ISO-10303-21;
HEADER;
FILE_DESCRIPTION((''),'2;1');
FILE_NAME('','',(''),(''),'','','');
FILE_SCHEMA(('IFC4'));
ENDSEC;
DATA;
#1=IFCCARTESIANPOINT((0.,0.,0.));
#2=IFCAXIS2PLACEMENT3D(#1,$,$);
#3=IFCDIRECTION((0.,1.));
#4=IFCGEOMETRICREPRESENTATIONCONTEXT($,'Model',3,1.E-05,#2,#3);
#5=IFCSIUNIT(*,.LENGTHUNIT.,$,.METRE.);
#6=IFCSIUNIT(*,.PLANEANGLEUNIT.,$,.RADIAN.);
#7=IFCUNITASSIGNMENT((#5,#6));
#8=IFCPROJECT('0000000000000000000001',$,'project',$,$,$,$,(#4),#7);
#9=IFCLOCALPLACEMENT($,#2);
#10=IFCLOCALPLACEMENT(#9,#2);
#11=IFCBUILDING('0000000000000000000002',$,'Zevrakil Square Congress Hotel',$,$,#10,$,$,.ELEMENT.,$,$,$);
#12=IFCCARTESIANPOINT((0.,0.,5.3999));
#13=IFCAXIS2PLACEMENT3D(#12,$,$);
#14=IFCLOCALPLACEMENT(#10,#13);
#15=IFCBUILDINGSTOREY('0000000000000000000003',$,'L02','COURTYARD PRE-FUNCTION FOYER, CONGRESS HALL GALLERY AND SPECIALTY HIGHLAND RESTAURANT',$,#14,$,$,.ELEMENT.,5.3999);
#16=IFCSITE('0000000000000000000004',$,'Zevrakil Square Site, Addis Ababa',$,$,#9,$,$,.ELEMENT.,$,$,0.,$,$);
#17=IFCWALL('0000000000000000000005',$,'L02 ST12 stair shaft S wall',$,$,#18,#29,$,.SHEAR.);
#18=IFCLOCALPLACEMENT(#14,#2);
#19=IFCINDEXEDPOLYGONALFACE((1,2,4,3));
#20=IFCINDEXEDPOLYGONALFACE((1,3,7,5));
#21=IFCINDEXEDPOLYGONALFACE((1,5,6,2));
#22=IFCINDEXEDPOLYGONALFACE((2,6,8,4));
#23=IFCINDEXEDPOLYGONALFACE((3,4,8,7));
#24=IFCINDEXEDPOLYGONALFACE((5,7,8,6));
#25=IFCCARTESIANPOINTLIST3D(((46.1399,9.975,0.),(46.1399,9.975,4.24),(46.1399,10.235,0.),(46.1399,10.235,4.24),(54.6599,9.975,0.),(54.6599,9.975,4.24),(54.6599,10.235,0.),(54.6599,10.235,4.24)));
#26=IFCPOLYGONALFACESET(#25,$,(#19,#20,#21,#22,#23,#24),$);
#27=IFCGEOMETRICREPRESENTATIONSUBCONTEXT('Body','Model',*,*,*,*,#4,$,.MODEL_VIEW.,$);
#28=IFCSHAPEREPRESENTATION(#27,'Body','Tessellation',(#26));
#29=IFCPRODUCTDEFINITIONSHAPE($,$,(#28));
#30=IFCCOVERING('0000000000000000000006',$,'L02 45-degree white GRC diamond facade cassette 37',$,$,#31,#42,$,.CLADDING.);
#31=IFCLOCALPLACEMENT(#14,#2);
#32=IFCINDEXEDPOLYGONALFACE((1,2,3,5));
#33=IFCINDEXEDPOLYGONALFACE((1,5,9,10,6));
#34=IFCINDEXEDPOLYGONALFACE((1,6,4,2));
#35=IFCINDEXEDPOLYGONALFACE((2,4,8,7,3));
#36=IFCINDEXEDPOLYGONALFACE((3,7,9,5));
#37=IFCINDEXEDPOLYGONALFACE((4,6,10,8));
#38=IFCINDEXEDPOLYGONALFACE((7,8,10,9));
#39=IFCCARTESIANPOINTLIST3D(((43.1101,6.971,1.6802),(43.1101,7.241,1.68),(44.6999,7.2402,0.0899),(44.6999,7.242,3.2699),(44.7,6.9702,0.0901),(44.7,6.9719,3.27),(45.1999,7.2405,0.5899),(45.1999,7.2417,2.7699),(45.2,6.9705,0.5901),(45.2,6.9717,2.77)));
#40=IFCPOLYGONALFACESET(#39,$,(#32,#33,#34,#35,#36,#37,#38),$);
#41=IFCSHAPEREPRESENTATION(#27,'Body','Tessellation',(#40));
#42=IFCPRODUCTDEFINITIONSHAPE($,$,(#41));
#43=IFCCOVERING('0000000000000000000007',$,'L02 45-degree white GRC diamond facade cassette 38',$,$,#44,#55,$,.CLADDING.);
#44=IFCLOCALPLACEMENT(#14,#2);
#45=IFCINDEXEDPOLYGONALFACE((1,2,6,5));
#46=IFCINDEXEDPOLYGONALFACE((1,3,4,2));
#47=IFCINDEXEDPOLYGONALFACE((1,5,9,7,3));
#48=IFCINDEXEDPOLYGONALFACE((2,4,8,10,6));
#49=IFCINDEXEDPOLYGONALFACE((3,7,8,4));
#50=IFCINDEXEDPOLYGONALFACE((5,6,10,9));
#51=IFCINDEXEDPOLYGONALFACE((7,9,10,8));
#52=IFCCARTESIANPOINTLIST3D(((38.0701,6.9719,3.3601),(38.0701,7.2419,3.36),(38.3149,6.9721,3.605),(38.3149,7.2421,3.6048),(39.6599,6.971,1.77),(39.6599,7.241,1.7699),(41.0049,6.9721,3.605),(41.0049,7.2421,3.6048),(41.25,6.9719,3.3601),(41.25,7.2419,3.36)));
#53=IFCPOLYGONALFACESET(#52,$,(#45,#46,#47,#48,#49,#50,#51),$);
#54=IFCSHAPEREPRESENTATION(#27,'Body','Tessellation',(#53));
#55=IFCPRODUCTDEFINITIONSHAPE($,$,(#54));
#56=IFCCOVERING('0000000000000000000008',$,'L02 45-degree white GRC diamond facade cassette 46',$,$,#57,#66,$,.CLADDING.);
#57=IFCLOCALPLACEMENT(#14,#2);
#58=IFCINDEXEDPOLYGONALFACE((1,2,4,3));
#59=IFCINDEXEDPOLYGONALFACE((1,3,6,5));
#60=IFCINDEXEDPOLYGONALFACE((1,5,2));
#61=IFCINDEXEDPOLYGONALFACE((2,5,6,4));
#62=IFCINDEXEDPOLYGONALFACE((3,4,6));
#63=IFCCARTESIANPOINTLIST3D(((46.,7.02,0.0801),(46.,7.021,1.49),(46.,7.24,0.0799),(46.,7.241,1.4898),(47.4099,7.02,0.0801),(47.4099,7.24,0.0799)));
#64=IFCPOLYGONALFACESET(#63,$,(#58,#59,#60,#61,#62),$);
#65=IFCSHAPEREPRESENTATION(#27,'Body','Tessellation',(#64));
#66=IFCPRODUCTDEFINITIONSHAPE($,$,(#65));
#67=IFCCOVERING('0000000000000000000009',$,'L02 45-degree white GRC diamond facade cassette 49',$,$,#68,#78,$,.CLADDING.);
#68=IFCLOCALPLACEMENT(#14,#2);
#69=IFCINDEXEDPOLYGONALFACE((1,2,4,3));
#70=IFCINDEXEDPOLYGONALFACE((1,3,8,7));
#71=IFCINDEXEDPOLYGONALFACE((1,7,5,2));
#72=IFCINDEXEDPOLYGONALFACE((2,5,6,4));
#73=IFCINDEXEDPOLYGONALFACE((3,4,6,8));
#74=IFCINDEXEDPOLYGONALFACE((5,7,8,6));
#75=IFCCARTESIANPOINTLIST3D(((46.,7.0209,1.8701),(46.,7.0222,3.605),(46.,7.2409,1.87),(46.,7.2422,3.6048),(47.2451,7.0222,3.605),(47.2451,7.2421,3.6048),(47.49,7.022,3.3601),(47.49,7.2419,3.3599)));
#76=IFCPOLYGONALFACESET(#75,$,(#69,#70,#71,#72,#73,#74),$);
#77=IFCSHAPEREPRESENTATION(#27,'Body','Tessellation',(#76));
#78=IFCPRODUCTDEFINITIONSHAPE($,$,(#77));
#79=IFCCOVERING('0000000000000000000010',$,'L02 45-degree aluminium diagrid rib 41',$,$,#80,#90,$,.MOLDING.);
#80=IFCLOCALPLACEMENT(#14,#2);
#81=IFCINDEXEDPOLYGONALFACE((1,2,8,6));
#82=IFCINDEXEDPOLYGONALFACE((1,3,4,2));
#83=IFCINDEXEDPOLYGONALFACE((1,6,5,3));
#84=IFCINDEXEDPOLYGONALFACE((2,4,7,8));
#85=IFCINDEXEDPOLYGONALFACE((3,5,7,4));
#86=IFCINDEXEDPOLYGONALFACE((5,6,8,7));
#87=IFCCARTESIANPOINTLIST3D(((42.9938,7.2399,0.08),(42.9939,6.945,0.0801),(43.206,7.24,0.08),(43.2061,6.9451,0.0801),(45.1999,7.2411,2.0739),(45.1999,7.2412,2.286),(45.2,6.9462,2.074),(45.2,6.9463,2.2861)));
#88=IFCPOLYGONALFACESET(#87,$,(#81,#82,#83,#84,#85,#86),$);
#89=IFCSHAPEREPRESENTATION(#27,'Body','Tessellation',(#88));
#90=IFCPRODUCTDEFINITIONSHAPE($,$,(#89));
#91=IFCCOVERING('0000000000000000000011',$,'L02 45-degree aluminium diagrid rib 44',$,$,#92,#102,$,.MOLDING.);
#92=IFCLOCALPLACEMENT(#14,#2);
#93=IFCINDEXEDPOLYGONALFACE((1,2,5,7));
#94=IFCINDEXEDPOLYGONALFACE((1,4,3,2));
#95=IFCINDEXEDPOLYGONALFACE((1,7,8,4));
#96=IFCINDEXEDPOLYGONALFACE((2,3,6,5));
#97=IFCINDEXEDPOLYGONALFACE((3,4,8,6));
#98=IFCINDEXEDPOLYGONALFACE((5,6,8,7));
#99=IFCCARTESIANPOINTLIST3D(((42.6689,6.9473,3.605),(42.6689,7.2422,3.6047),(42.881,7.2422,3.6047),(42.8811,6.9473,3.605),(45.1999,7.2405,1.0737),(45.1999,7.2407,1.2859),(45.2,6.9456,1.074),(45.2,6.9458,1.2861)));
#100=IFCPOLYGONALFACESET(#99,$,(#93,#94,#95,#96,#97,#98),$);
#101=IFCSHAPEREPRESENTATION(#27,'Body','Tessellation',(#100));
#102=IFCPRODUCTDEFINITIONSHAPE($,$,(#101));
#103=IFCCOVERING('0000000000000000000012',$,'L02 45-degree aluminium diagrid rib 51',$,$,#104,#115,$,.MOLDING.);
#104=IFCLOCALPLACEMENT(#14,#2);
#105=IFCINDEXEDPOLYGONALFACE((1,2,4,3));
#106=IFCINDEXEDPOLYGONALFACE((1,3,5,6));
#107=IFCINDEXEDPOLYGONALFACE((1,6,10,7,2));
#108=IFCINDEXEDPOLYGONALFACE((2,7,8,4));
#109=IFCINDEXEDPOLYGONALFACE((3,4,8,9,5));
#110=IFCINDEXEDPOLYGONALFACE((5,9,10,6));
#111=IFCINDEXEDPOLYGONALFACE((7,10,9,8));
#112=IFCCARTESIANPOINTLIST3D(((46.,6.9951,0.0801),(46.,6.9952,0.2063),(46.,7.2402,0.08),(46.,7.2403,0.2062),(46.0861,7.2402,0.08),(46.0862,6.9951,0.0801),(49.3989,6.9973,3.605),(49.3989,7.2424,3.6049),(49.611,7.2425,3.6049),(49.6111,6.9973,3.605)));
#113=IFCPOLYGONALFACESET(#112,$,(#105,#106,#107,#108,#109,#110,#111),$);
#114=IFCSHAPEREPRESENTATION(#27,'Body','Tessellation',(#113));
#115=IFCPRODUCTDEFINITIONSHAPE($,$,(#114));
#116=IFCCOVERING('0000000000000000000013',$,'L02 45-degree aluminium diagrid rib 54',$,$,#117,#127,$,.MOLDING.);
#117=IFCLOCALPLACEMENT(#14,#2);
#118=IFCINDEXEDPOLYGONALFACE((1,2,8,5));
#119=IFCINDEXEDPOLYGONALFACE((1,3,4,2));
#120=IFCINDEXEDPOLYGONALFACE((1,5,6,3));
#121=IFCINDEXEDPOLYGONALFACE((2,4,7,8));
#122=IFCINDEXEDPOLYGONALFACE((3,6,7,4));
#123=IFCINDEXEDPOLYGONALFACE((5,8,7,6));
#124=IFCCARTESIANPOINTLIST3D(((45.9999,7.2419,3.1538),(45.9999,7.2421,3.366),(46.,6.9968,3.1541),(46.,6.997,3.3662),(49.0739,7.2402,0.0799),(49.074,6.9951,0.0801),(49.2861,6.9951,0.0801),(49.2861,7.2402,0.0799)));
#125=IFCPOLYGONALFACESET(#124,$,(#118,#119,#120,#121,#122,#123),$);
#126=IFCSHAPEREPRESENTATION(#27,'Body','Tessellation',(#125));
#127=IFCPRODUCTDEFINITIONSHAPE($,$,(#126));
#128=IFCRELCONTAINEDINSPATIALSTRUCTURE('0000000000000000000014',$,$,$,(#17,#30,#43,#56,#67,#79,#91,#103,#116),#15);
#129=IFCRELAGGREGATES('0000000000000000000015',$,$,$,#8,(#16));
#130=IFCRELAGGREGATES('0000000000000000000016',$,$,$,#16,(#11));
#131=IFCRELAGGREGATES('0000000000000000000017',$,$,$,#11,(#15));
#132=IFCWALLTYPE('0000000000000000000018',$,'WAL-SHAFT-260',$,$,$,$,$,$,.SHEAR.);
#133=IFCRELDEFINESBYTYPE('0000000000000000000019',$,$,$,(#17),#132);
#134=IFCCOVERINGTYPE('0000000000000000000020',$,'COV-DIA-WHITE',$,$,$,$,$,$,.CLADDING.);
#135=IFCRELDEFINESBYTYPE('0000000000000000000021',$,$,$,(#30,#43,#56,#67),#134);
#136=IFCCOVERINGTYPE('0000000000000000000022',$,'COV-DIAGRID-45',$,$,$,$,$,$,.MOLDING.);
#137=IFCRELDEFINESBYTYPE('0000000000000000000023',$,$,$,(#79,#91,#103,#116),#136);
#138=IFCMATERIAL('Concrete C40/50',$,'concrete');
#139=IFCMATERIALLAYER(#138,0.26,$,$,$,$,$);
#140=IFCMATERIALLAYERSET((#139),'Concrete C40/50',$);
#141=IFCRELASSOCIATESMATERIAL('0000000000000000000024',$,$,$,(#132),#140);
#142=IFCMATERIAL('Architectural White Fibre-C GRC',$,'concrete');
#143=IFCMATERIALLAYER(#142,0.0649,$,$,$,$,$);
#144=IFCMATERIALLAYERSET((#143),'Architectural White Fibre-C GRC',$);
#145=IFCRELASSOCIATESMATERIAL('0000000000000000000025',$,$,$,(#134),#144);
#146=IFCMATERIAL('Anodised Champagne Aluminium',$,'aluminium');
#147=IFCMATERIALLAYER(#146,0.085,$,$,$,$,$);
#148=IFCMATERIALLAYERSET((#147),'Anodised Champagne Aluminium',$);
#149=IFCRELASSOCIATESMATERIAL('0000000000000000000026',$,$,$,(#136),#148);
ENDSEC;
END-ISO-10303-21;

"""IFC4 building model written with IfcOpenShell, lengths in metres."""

from ifc_helpers import new_model, si_unit, direction, frame, frame_2d, origin, place, context, subcontext, project, spatial, polyline, rectangle, outline, extrude, material, layer, layer_set, type_object, element, save


model = new_model("IFC4")

# Units and contexts
model_context = context("Model", 3, precision=1e-05, world=origin(), true_north=direction((0.0, 1.0)))
body_context = subcontext(model_context, "Body", "Model", "MODEL_VIEW")
ifc_project = project(units=[si_unit("LENGTHUNIT", "METRE"), si_unit("PLANEANGLEUNIT", "RADIAN")], contexts=[model_context])

# Site, building, storey
site_placement = place(None, origin())
site = spatial("IfcSite", under=ifc_project, at=site_placement, Name="Zevrakil Square Site, Addis Ababa", CompositionType="ELEMENT", RefElevation=0.0)
building_placement = place(site_placement, origin())
building = spatial("IfcBuilding", under=site, at=building_placement, Name="Zevrakil Square Congress Hotel", CompositionType="ELEMENT")
storey_placement = place(building_placement, frame((0.0, 0.0, 5.3999)))
storey = spatial("IfcBuildingStorey", under=building, at=storey_placement, Name="L02", Description="COURTYARD PRE-FUNCTION FOYER, CONGRESS HALL GALLERY AND SPECIALTY HIGHLAND RESTAURANT", CompositionType="ELEMENT", Elevation=5.3999)

# Wall
ifc_material_1 = material(Name="Concrete C40/50", Category="concrete")
ifc_layer_1 = layer(ifc_material_1, 0.26)
ifc_layer_set_1 = layer_set([ifc_layer_1], Name="Concrete C40/50")
wall_type_1 = type_object("IfcWallType", Name="WAL-SHAFT-260", PredefinedType="SHEAR", material=ifc_layer_set_1)
wall_1_placement = place(storey_placement, frame((46.1399, 10.105, 0.0), z_axis=(0.0, 0.0, 1.0), x_axis=(1.0, 0.0, 0.0)))
element("IfcWall", 1, at=wall_1_placement, inside=storey, type_object=wall_type_1, Name="L02 ST12 stair shaft S wall", PredefinedType="SHEAR", context=body_context, shape_type="SweptSolid", body=[
    extrude(rectangle(XDim=8.52, YDim=0.26, at=frame_2d((4.26, 0.0))), origin(), (0.0, 0.0, 1.0), 4.24),
])

# Coverings
ifc_material_2 = material(Name="Architectural White Fibre-C GRC", Category="concrete")
ifc_layer_2 = layer(ifc_material_2, 0.0649)
ifc_layer_set_2 = layer_set([ifc_layer_2], Name="Architectural White Fibre-C GRC")
covering_type_1 = type_object("IfcCoveringType", Name="COV-DIA-WHITE", PredefinedType="CLADDING", material=ifc_layer_set_2)
covering_1_placement = place(storey_placement, frame((44.7, 6.9702, 0.0901), z_axis=(0.00005, -1.0, 0.000541), x_axis=(-0.707052, 0.000347, 0.707161)))
element("IfcCovering", 2, at=covering_1_placement, inside=storey, type_object=covering_type_1, Name="L02 45-degree white GRC diamond facade cassette 37", PredefinedType="CLADDING", context=body_context, shape_type="SweptSolid", body=[
    extrude(outline(polyline([(0.0, 0.0), (2.2486, 0.0), (2.2487, -2.2484), (1.5416, -2.2484), (0.0001, -0.7071), (0.0, 0.0)])), origin(), (0.0, 0.0, -1.0), 0.27),
])
covering_2_placement = place(storey_placement, frame((41.25, 6.9719, 3.3601), z_axis=(0.0, -1.0, 0.000579), x_axis=(-0.707107, -0.00041, -0.707107)))
element("IfcCovering", 3, at=covering_2_placement, inside=storey, type_object=covering_type_1, Name="L02 45-degree white GRC diamond facade cassette 38", PredefinedType="CLADDING", context=body_context, shape_type="SweptSolid", body=[
    extrude(outline(polyline([(0.0, 0.0), (2.2487, 0.0), (2.2486, -2.2486), (1.9022, -2.2486), (0.0002, -0.3465), (0.0, 0.0)])), origin(), (0.0, 0.0, -1.0), 0.27),
])
covering_3_placement = place(storey_placement, frame((47.4099, 7.02, 0.0801), z_axis=(0.0, -1.0, 0.000693), x_axis=(-1.0, 0.0, 0.0)))
element("IfcCovering", 4, at=covering_3_placement, inside=storey, type_object=covering_type_1, Name="L02 45-degree white GRC diamond facade cassette 46", PredefinedType="CLADDING", context=body_context, shape_type="SweptSolid", body=[
    extrude(outline(polyline([(0.0, 0.0), (1.4099, 0.0), (1.4099, -1.4099), (0.0, 0.0)])), origin(), (0.0, 0.0, -1.0), 0.22),
])
covering_4_placement = place(storey_placement, frame((47.49, 7.022, 3.3601), z_axis=(-0.000043, -1.0, 0.000735), x_axis=(-0.707107, -0.000489, -0.707107)))
element("IfcCovering", 5, at=covering_4_placement, inside=storey, type_object=covering_type_1, Name="L02 45-degree white GRC diamond facade cassette 49", PredefinedType="CLADDING", context=body_context, shape_type="SweptSolid", body=[
    extrude(outline(polyline([(0.0, 0.0), (2.1072, 0.0), (0.8804, -1.2267), (0.0, -0.3463), (0.0, 0.0)])), origin(), (0.0, 0.0, -1.0), 0.22),
])
ifc_material_3 = material(Name="Anodised Champagne Aluminium", Category="aluminium")
ifc_layer_3 = layer(ifc_material_3, 0.085)
ifc_layer_set_3 = layer_set([ifc_layer_3], Name="Anodised Champagne Aluminium")
covering_type_2 = type_object("IfcCoveringType", Name="COV-DIAGRID-45", PredefinedType="MOLDING", material=ifc_layer_set_3)
covering_5_placement = place(storey_placement, frame((43.2061, 6.9451, 0.0801), z_axis=(0.000291, -1.0, 0.000291), x_axis=(-1.0, -0.000291, 0.0)))
element("IfcCovering", 6, at=covering_5_placement, inside=storey, type_object=covering_type_2, Name="L02 45-degree aluminium diagrid rib 41", PredefinedType="MOLDING", context=body_context, shape_type="SweptSolid", body=[
    extrude(outline(polyline([(0.0, 0.0), (0.2122, 0.0), (-1.9939, -2.2061), (-1.9939, -1.9939), (0.0, 0.0)])), origin(), (0.0, 0.0, -1.0), 0.2949),
])
covering_6_placement = place(storey_placement, frame((42.6689, 6.9473, 3.605), z_axis=(0.000248, -1.0, 0.000903), x_axis=(1.0, 0.000248, 0.0)))
element("IfcCovering", 7, at=covering_6_placement, inside=storey, type_object=covering_type_2, Name="L02 45-degree aluminium diagrid rib 44", PredefinedType="MOLDING", context=body_context, shape_type="SweptSolid", body=[
    extrude(outline(polyline([(0.0, 0.0), (0.2122, 0.0), (2.531, -2.3188), (2.531, -2.531), (0.0, 0.0)])), origin(), (0.0, 0.0, -1.0), 0.2949),
])
covering_7_placement = place(storey_placement, frame((46.0862, 6.9951, 0.0801), z_axis=(0.000187, -1.0, 0.000443), x_axis=(-1.0, -0.000187, 0.0)))
element("IfcCovering", 8, at=covering_7_placement, inside=storey, type_object=covering_type_2, Name="L02 45-degree aluminium diagrid rib 51", PredefinedType="MOLDING", context=body_context, shape_type="SweptSolid", body=[
    extrude(outline(polyline([(0.0, 0.0), (0.0862, 0.0), (0.0862, -0.1262), (-3.3127, -3.5249), (-3.5249, -3.5249), (0.0, 0.0)])), origin(), (0.0, 0.0, -1.0), 0.2451),
])
covering_8_placement = place(storey_placement, frame((46.0, 6.9968, 3.1541), z_axis=(0.000287, -1.0, 0.000863), x_axis=(0.0, 0.000863, 1.0)))
element("IfcCovering", 9, at=covering_8_placement, inside=storey, type_object=covering_type_2, Name="L02 45-degree aluminium diagrid rib 54", PredefinedType="MOLDING", context=body_context, shape_type="SweptSolid", body=[
    extrude(outline(polyline([(0.0, 0.0), (0.2122, 0.0), (-3.074, -3.2861), (-3.074, -3.074), (0.0, 0.0)])), origin(), (0.0, 0.0, -1.0), 0.2451),
])

save(model, "model.ifc")
